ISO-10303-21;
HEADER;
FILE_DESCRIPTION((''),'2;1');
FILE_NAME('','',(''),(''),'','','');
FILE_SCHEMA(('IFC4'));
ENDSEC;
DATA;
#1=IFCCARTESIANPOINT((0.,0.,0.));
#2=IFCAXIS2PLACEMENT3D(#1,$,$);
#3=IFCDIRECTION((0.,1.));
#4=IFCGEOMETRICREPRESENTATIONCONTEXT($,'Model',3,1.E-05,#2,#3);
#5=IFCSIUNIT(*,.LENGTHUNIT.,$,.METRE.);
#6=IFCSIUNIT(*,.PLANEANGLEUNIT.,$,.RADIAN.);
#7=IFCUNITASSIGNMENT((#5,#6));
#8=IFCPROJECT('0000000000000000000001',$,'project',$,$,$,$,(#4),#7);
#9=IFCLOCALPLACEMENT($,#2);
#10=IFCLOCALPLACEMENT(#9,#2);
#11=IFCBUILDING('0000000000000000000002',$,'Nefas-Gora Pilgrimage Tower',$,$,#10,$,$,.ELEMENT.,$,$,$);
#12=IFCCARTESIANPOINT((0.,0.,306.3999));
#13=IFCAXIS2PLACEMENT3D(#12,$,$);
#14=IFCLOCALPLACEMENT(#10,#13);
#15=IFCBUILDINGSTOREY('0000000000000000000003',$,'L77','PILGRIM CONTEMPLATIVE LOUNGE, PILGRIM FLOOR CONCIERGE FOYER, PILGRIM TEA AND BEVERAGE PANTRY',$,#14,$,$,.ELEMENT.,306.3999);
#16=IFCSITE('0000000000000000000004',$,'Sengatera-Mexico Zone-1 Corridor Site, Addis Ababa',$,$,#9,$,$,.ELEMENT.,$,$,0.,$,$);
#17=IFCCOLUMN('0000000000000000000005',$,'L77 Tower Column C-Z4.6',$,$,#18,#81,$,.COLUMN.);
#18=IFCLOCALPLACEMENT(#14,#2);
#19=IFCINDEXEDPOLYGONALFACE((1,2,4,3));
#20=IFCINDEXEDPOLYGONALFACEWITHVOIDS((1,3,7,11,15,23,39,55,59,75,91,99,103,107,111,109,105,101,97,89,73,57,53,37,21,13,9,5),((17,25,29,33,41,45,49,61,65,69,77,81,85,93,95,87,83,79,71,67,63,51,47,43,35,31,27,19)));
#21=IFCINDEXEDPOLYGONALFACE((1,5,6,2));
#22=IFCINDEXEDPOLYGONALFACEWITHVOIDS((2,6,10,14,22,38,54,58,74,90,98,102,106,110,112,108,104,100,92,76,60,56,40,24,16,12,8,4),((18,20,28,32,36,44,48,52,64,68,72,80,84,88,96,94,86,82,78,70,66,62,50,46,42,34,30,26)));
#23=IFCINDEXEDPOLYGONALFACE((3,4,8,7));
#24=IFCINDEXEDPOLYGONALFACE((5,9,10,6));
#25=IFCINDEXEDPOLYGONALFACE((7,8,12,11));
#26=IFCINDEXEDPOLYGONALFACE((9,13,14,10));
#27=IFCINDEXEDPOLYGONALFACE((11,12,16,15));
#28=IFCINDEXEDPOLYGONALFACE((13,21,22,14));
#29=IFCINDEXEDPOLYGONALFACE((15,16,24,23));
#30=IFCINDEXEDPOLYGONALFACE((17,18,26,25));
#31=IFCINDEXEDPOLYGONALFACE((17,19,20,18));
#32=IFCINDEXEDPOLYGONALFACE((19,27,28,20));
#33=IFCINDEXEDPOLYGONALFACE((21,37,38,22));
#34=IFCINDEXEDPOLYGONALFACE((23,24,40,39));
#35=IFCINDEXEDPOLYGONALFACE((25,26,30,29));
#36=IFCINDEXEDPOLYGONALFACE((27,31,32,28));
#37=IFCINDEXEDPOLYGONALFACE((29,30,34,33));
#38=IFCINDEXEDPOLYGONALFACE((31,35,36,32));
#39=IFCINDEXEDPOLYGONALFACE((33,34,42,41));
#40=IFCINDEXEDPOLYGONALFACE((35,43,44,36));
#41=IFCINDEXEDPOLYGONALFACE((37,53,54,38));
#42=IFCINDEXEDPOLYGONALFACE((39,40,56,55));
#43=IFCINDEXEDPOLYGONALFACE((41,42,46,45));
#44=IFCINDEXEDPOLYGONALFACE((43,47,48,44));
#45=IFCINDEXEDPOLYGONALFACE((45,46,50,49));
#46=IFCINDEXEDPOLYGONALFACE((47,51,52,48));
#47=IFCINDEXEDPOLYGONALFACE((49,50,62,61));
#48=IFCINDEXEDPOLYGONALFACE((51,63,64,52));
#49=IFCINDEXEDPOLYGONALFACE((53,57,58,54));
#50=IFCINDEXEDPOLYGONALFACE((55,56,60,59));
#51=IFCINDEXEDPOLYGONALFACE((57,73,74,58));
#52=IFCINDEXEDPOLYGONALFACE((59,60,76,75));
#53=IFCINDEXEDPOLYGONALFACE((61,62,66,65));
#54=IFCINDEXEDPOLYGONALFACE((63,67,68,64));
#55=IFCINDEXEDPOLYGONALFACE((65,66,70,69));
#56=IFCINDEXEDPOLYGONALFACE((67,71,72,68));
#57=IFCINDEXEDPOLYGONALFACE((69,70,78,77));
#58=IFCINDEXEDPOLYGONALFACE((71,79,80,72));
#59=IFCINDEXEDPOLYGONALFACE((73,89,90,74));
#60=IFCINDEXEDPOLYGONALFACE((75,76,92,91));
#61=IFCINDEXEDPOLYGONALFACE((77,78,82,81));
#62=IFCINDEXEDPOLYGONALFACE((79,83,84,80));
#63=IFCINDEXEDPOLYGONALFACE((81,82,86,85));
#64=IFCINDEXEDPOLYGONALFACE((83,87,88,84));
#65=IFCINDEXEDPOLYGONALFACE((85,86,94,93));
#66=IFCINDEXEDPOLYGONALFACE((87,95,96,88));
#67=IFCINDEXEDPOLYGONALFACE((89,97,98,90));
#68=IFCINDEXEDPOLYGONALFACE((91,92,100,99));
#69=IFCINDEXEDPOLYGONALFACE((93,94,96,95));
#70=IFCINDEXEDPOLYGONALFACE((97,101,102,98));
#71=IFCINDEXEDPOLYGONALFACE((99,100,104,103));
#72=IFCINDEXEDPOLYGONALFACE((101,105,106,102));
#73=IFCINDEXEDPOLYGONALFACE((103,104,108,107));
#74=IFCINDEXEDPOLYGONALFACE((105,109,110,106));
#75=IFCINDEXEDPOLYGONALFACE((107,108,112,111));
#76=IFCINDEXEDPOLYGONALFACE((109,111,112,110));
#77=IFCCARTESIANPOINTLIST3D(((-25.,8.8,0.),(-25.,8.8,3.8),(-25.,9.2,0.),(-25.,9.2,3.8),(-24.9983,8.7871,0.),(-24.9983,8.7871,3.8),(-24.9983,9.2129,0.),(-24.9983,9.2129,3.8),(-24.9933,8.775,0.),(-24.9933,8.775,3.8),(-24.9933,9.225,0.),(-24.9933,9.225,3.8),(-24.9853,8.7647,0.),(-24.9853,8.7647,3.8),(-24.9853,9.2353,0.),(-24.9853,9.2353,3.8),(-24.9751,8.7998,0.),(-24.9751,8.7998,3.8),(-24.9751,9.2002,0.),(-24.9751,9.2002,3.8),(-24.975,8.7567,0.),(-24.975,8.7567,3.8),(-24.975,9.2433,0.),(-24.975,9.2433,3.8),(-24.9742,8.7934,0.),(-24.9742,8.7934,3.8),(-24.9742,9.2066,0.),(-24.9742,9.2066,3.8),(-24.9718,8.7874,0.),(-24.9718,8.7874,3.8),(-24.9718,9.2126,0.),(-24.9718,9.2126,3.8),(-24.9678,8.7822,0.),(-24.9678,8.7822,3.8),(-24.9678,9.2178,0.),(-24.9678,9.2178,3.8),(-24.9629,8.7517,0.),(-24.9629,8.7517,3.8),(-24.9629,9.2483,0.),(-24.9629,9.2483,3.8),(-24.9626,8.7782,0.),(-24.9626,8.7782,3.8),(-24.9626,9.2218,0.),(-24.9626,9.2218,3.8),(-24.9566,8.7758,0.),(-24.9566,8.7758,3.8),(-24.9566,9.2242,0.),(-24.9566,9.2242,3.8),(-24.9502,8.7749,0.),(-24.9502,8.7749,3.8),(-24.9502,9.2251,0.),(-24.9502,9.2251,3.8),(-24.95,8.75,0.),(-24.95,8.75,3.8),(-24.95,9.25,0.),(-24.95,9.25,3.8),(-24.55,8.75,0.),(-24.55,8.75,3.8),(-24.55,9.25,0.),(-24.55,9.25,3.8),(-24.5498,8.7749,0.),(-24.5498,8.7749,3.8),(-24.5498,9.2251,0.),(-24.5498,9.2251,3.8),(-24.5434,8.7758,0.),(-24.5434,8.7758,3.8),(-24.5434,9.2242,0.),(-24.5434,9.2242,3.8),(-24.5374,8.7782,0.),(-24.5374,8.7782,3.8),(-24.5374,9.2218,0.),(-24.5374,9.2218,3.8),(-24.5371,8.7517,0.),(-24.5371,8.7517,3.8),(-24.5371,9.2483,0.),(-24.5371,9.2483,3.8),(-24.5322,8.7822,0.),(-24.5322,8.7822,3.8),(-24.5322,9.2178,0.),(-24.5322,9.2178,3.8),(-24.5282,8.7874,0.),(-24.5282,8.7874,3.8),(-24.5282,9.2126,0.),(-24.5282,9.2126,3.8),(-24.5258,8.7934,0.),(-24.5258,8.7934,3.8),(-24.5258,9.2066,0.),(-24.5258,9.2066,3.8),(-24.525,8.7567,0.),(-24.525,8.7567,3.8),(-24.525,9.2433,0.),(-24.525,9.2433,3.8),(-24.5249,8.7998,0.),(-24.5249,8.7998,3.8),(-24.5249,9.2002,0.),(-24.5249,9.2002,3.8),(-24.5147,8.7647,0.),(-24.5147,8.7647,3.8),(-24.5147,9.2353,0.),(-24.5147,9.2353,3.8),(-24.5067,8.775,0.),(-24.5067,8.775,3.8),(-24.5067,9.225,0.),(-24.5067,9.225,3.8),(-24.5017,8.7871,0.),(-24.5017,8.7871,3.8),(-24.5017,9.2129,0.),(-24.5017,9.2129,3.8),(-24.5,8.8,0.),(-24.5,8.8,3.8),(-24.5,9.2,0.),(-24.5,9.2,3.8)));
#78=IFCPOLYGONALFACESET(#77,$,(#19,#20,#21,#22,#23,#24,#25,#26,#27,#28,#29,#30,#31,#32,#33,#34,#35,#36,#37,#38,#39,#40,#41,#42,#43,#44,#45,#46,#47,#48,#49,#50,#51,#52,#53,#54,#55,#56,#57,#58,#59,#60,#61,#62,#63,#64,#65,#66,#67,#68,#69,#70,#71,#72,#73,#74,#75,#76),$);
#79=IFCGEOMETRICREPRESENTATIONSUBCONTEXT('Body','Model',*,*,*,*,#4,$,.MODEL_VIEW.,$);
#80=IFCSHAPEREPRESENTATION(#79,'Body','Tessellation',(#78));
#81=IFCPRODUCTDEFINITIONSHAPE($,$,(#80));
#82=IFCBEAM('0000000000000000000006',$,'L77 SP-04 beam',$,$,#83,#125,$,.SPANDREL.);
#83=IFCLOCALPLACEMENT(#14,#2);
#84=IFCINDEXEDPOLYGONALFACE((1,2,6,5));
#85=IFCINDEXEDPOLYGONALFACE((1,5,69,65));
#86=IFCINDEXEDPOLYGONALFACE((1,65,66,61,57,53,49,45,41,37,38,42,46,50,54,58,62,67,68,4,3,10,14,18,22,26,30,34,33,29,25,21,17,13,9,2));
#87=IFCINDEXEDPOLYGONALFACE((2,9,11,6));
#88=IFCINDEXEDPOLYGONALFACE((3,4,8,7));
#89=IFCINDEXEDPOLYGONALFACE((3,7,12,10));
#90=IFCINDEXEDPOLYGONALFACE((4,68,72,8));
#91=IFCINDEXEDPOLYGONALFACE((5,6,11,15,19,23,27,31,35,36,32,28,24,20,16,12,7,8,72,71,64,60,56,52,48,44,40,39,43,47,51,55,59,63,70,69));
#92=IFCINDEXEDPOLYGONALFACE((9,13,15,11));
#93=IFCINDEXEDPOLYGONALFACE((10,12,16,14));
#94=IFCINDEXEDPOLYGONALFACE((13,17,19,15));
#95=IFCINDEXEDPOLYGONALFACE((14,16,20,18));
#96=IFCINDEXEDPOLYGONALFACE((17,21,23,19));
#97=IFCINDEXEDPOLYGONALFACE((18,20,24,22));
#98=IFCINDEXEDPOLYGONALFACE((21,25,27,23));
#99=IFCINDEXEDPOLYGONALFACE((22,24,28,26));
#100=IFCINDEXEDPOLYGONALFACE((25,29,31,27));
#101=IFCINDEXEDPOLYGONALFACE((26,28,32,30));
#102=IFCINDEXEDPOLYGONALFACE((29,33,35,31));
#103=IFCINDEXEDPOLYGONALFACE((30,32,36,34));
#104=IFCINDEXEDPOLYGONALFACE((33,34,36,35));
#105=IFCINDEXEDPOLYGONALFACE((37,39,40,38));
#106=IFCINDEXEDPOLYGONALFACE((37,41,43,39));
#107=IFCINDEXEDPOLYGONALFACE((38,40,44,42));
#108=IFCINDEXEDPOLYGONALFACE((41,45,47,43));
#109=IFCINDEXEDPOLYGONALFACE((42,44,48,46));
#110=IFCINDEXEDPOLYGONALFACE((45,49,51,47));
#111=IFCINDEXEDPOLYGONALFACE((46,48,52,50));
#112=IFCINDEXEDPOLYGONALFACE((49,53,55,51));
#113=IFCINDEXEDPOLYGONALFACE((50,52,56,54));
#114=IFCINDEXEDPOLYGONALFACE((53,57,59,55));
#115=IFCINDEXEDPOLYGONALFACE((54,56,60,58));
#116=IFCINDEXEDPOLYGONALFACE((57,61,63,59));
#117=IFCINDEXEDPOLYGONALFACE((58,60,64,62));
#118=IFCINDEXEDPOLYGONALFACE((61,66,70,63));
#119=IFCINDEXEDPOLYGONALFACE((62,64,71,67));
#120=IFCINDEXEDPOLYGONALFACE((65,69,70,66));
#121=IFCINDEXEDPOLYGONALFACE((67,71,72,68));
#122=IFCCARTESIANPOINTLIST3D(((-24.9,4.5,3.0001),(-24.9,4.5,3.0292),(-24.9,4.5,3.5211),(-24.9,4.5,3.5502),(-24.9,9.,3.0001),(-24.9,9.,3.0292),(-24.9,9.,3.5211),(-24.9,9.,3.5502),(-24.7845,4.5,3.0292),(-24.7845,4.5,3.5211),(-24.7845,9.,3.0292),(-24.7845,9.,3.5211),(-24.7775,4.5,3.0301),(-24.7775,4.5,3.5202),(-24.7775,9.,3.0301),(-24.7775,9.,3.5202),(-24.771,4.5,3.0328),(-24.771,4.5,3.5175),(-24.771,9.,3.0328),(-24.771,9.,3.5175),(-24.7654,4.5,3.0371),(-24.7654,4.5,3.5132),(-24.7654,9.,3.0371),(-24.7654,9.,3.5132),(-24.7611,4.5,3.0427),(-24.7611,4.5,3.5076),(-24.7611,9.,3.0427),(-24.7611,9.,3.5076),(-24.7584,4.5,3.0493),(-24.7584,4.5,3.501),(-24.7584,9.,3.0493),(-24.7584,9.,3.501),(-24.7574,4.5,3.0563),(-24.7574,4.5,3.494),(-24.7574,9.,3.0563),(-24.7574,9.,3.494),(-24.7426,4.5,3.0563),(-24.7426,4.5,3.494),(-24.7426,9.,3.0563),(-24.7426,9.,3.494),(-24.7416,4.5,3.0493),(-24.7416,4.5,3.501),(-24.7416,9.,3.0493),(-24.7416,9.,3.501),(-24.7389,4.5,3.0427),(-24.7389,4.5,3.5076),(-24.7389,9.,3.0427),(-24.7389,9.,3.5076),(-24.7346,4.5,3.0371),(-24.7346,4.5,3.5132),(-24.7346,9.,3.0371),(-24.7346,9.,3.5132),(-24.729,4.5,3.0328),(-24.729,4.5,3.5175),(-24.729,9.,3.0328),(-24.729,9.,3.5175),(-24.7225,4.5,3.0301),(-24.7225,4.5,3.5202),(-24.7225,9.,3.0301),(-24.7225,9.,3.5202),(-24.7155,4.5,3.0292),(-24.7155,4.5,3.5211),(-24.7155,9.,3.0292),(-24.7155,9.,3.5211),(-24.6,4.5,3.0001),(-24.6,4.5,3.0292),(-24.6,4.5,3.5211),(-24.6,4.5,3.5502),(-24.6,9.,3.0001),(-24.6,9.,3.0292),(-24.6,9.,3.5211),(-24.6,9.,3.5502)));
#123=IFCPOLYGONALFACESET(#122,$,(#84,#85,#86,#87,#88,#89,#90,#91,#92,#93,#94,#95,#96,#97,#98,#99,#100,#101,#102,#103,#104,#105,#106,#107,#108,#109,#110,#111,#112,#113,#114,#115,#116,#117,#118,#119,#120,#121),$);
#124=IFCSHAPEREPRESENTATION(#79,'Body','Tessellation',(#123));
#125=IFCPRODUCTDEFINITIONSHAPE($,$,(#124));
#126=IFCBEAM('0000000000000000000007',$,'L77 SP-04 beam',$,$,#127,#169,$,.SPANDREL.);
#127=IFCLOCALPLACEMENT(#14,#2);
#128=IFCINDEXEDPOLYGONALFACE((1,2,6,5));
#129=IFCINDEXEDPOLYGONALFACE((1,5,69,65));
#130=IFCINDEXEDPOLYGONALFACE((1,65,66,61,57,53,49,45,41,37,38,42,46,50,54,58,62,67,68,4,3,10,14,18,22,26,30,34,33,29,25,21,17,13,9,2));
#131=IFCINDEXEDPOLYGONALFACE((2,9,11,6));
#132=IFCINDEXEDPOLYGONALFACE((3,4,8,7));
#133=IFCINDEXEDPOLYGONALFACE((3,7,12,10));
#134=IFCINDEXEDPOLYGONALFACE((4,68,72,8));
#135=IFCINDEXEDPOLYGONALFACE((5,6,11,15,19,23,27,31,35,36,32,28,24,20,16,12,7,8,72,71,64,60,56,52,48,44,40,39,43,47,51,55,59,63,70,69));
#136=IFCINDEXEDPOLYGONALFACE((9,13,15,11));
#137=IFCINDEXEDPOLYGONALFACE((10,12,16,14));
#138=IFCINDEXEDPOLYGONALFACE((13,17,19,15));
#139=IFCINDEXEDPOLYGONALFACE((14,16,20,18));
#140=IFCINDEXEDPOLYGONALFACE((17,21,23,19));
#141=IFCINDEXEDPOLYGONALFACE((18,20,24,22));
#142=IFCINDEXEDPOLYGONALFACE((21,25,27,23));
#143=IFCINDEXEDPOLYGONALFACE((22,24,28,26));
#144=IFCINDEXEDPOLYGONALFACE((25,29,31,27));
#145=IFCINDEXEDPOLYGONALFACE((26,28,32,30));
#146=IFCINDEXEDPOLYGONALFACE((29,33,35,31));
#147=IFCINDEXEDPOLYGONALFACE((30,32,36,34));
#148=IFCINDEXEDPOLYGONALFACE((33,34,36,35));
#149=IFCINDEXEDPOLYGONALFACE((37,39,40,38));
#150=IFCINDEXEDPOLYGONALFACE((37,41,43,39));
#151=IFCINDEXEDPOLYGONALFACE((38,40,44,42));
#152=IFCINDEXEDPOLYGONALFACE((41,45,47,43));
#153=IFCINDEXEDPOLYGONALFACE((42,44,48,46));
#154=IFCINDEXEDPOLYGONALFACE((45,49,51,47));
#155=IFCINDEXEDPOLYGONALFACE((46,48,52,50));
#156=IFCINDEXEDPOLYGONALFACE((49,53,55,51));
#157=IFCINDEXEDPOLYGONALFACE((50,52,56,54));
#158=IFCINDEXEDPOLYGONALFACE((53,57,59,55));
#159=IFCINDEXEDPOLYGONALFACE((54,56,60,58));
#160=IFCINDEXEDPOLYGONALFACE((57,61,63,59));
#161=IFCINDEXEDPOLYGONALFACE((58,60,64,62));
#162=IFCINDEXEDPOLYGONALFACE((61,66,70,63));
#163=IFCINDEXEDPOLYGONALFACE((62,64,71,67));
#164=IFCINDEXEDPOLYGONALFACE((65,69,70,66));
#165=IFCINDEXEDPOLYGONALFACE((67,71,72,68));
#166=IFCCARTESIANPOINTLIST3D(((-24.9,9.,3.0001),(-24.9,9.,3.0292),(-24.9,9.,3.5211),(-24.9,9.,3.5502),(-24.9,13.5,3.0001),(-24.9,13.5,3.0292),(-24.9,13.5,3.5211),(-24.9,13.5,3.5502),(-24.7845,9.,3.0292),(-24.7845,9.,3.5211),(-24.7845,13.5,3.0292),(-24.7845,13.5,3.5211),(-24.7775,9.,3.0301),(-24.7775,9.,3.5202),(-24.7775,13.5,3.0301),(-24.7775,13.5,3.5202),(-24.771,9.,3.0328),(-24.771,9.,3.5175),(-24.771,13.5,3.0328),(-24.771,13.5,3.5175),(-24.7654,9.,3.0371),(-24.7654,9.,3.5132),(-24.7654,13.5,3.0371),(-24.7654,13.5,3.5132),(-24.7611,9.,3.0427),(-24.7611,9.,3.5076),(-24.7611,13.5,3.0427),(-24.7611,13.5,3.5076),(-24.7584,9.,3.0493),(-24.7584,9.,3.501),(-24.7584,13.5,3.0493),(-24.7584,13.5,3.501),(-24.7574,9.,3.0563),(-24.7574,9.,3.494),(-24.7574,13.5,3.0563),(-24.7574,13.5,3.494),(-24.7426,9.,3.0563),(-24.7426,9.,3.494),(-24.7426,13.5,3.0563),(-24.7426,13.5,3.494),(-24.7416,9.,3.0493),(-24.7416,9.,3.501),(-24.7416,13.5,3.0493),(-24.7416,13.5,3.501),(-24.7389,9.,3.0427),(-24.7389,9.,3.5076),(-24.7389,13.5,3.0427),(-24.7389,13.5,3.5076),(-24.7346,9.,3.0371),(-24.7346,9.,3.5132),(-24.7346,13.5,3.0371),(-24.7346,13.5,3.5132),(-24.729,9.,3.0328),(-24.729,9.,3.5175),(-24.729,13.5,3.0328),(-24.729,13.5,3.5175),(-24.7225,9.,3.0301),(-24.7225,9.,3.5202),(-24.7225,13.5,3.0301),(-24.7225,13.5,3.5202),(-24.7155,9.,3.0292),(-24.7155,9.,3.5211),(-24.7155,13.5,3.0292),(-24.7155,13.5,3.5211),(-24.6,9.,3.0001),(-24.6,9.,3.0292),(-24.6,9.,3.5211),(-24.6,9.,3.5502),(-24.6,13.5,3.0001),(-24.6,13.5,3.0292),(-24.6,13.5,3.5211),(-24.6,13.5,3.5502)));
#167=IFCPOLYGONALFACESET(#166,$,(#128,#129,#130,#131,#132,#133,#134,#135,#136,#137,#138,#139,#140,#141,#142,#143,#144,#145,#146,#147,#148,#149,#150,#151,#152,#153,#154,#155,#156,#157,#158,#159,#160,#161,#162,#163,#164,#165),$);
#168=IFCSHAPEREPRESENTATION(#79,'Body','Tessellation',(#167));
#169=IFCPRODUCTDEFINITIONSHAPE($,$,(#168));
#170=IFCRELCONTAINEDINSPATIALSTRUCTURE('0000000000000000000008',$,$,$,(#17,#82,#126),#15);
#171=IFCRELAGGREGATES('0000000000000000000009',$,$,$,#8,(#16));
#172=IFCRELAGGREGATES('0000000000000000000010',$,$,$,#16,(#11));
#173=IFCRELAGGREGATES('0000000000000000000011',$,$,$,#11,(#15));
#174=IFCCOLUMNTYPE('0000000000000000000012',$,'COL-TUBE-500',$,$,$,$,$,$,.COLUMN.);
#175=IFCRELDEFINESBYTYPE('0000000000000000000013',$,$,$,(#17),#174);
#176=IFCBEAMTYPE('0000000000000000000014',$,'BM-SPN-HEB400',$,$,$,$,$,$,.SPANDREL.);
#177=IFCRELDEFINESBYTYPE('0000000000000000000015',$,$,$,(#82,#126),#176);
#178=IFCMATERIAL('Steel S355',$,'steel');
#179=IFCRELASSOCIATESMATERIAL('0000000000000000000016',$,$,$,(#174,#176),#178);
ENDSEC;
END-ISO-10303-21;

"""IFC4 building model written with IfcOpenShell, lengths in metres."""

from ifc_helpers import new_model, si_unit, direction, frame, origin, origin_2d, place, context, subcontext, project, spatial, hollow_rectangle, i_section, extrude, source, transform, mapped, material, material_profile, profile_set, type_object, element, save


model = new_model("IFC4")

# Units and contexts
model_context = context("Model", 3, precision=1e-05, world=origin(), true_north=direction((0.0, 1.0)))
body_context = subcontext(model_context, "Body", "Model", "MODEL_VIEW")
ifc_project = project(units=[si_unit("LENGTHUNIT", "METRE"), si_unit("PLANEANGLEUNIT", "RADIAN")], contexts=[model_context])

# Site, building, storey
site_placement = place(None, origin())
site = spatial("IfcSite", under=ifc_project, at=site_placement, Name="Sengatera-Mexico Zone-1 Corridor Site, Addis Ababa", CompositionType="ELEMENT", RefElevation=0.0)
building_placement = place(site_placement, origin())
building = spatial("IfcBuilding", under=site, at=building_placement, Name="Nefas-Gora Pilgrimage Tower", CompositionType="ELEMENT")
storey_placement = place(building_placement, frame((0.0, 0.0, 306.3999)))
storey = spatial("IfcBuildingStorey", under=building, at=storey_placement, Name="L77", Description="PILGRIM CONTEMPLATIVE LOUNGE, PILGRIM FLOOR CONCIERGE FOYER, PILGRIM TEA AND BEVERAGE PANTRY", CompositionType="ELEMENT", Elevation=306.3999)

# Column
ifc_material_1 = material(Name="Steel S355", Category="steel")
ifc_material_profile_1 = material_profile(ifc_material_1, hollow_rectangle(XDim=0.5, YDim=0.5, WallThickness=0.0249, InnerFilletRadius=0.0249, OuterFilletRadius=0.05, at=origin_2d()), Name="SHS 500x500x25")
ifc_profile_set_1 = profile_set([ifc_material_profile_1], Name="Steel S355")
column_type_1 = type_object("IfcColumnType", Name="COL-TUBE-500", PredefinedType="COLUMN", material=ifc_profile_set_1)
shared_shape_1 = source(origin(), body_context, "Body", "SweptSolid", [
    extrude(hollow_rectangle(XDim=0.5, YDim=0.5, WallThickness=0.0249, InnerFilletRadius=0.0249, OuterFilletRadius=0.05, at=origin_2d()), origin(), (0.0, 0.0, 1.0), 3.8),
])
for number, where, z_axis, x_axis, name in (
    (1, (-24.75, 9.0, 0.0), (0.0, 0.0, 1.0), (1.0, 0.0, 0.0), "L77 Tower Column C-Z4.6"),
):
    element("IfcColumn", number, at=place(storey_placement, frame(where, z_axis=z_axis, x_axis=x_axis)), inside=storey, type_object=column_type_1, Name=name, PredefinedType="COLUMN", context=body_context, shape_type="MappedRepresentation", body=[
        mapped(shared_shape_1, transform((0.0, 0.0, 0.0), x_axis=(1.0, 0.0, 0.0), y_axis=(0.0, 1.0, 0.0), z_axis=(0.0, 0.0, 1.0), scale=1.0)),
    ])

# Beams
ifc_material_profile_2 = material_profile(ifc_material_1, i_section(OverallWidth=0.3, OverallDepth=0.55, WebThickness=0.0149, FlangeThickness=0.0291, FilletRadius=0.0271, at=origin_2d()), Name="HEB 550")
ifc_profile_set_2 = profile_set([ifc_material_profile_2], Name="Steel S355")
beam_type_1 = type_object("IfcBeamType", Name="BM-SPN-HEB400", PredefinedType="SPANDREL", material=ifc_profile_set_2)
shared_shape_2 = source(origin(), body_context, "Body", "SweptSolid", [
    extrude(i_section(OverallWidth=0.3, OverallDepth=0.55, WebThickness=0.0149, FlangeThickness=0.0291, FilletRadius=0.0271, at=origin_2d()), origin(), (0.0, 0.0, 1.0), 4.5),
])
for number, where, z_axis, x_axis, name in (
    (2, (-24.75, 4.5, 3.2751), (0.0, 1.0, 0.0), (-1.0, 0.0, 0.0), "L77 SP-04 beam"),
    (3, (-24.75, 9.0, 3.2751), (0.0, 1.0, 0.0), (-1.0, 0.0, 0.0), "L77 SP-04 beam"),
):
    element("IfcBeam", number, at=place(storey_placement, frame(where, z_axis=z_axis, x_axis=x_axis)), inside=storey, type_object=beam_type_1, Name=name, PredefinedType="SPANDREL", context=body_context, shape_type="MappedRepresentation", body=[
        mapped(shared_shape_2, transform((0.0, 0.0, 0.0), x_axis=(1.0, 0.0, 0.0), y_axis=(0.0, 1.0, 0.0), z_axis=(0.0, 0.0, 1.0), scale=1.0)),
    ])

save(model, "model.ifc")
